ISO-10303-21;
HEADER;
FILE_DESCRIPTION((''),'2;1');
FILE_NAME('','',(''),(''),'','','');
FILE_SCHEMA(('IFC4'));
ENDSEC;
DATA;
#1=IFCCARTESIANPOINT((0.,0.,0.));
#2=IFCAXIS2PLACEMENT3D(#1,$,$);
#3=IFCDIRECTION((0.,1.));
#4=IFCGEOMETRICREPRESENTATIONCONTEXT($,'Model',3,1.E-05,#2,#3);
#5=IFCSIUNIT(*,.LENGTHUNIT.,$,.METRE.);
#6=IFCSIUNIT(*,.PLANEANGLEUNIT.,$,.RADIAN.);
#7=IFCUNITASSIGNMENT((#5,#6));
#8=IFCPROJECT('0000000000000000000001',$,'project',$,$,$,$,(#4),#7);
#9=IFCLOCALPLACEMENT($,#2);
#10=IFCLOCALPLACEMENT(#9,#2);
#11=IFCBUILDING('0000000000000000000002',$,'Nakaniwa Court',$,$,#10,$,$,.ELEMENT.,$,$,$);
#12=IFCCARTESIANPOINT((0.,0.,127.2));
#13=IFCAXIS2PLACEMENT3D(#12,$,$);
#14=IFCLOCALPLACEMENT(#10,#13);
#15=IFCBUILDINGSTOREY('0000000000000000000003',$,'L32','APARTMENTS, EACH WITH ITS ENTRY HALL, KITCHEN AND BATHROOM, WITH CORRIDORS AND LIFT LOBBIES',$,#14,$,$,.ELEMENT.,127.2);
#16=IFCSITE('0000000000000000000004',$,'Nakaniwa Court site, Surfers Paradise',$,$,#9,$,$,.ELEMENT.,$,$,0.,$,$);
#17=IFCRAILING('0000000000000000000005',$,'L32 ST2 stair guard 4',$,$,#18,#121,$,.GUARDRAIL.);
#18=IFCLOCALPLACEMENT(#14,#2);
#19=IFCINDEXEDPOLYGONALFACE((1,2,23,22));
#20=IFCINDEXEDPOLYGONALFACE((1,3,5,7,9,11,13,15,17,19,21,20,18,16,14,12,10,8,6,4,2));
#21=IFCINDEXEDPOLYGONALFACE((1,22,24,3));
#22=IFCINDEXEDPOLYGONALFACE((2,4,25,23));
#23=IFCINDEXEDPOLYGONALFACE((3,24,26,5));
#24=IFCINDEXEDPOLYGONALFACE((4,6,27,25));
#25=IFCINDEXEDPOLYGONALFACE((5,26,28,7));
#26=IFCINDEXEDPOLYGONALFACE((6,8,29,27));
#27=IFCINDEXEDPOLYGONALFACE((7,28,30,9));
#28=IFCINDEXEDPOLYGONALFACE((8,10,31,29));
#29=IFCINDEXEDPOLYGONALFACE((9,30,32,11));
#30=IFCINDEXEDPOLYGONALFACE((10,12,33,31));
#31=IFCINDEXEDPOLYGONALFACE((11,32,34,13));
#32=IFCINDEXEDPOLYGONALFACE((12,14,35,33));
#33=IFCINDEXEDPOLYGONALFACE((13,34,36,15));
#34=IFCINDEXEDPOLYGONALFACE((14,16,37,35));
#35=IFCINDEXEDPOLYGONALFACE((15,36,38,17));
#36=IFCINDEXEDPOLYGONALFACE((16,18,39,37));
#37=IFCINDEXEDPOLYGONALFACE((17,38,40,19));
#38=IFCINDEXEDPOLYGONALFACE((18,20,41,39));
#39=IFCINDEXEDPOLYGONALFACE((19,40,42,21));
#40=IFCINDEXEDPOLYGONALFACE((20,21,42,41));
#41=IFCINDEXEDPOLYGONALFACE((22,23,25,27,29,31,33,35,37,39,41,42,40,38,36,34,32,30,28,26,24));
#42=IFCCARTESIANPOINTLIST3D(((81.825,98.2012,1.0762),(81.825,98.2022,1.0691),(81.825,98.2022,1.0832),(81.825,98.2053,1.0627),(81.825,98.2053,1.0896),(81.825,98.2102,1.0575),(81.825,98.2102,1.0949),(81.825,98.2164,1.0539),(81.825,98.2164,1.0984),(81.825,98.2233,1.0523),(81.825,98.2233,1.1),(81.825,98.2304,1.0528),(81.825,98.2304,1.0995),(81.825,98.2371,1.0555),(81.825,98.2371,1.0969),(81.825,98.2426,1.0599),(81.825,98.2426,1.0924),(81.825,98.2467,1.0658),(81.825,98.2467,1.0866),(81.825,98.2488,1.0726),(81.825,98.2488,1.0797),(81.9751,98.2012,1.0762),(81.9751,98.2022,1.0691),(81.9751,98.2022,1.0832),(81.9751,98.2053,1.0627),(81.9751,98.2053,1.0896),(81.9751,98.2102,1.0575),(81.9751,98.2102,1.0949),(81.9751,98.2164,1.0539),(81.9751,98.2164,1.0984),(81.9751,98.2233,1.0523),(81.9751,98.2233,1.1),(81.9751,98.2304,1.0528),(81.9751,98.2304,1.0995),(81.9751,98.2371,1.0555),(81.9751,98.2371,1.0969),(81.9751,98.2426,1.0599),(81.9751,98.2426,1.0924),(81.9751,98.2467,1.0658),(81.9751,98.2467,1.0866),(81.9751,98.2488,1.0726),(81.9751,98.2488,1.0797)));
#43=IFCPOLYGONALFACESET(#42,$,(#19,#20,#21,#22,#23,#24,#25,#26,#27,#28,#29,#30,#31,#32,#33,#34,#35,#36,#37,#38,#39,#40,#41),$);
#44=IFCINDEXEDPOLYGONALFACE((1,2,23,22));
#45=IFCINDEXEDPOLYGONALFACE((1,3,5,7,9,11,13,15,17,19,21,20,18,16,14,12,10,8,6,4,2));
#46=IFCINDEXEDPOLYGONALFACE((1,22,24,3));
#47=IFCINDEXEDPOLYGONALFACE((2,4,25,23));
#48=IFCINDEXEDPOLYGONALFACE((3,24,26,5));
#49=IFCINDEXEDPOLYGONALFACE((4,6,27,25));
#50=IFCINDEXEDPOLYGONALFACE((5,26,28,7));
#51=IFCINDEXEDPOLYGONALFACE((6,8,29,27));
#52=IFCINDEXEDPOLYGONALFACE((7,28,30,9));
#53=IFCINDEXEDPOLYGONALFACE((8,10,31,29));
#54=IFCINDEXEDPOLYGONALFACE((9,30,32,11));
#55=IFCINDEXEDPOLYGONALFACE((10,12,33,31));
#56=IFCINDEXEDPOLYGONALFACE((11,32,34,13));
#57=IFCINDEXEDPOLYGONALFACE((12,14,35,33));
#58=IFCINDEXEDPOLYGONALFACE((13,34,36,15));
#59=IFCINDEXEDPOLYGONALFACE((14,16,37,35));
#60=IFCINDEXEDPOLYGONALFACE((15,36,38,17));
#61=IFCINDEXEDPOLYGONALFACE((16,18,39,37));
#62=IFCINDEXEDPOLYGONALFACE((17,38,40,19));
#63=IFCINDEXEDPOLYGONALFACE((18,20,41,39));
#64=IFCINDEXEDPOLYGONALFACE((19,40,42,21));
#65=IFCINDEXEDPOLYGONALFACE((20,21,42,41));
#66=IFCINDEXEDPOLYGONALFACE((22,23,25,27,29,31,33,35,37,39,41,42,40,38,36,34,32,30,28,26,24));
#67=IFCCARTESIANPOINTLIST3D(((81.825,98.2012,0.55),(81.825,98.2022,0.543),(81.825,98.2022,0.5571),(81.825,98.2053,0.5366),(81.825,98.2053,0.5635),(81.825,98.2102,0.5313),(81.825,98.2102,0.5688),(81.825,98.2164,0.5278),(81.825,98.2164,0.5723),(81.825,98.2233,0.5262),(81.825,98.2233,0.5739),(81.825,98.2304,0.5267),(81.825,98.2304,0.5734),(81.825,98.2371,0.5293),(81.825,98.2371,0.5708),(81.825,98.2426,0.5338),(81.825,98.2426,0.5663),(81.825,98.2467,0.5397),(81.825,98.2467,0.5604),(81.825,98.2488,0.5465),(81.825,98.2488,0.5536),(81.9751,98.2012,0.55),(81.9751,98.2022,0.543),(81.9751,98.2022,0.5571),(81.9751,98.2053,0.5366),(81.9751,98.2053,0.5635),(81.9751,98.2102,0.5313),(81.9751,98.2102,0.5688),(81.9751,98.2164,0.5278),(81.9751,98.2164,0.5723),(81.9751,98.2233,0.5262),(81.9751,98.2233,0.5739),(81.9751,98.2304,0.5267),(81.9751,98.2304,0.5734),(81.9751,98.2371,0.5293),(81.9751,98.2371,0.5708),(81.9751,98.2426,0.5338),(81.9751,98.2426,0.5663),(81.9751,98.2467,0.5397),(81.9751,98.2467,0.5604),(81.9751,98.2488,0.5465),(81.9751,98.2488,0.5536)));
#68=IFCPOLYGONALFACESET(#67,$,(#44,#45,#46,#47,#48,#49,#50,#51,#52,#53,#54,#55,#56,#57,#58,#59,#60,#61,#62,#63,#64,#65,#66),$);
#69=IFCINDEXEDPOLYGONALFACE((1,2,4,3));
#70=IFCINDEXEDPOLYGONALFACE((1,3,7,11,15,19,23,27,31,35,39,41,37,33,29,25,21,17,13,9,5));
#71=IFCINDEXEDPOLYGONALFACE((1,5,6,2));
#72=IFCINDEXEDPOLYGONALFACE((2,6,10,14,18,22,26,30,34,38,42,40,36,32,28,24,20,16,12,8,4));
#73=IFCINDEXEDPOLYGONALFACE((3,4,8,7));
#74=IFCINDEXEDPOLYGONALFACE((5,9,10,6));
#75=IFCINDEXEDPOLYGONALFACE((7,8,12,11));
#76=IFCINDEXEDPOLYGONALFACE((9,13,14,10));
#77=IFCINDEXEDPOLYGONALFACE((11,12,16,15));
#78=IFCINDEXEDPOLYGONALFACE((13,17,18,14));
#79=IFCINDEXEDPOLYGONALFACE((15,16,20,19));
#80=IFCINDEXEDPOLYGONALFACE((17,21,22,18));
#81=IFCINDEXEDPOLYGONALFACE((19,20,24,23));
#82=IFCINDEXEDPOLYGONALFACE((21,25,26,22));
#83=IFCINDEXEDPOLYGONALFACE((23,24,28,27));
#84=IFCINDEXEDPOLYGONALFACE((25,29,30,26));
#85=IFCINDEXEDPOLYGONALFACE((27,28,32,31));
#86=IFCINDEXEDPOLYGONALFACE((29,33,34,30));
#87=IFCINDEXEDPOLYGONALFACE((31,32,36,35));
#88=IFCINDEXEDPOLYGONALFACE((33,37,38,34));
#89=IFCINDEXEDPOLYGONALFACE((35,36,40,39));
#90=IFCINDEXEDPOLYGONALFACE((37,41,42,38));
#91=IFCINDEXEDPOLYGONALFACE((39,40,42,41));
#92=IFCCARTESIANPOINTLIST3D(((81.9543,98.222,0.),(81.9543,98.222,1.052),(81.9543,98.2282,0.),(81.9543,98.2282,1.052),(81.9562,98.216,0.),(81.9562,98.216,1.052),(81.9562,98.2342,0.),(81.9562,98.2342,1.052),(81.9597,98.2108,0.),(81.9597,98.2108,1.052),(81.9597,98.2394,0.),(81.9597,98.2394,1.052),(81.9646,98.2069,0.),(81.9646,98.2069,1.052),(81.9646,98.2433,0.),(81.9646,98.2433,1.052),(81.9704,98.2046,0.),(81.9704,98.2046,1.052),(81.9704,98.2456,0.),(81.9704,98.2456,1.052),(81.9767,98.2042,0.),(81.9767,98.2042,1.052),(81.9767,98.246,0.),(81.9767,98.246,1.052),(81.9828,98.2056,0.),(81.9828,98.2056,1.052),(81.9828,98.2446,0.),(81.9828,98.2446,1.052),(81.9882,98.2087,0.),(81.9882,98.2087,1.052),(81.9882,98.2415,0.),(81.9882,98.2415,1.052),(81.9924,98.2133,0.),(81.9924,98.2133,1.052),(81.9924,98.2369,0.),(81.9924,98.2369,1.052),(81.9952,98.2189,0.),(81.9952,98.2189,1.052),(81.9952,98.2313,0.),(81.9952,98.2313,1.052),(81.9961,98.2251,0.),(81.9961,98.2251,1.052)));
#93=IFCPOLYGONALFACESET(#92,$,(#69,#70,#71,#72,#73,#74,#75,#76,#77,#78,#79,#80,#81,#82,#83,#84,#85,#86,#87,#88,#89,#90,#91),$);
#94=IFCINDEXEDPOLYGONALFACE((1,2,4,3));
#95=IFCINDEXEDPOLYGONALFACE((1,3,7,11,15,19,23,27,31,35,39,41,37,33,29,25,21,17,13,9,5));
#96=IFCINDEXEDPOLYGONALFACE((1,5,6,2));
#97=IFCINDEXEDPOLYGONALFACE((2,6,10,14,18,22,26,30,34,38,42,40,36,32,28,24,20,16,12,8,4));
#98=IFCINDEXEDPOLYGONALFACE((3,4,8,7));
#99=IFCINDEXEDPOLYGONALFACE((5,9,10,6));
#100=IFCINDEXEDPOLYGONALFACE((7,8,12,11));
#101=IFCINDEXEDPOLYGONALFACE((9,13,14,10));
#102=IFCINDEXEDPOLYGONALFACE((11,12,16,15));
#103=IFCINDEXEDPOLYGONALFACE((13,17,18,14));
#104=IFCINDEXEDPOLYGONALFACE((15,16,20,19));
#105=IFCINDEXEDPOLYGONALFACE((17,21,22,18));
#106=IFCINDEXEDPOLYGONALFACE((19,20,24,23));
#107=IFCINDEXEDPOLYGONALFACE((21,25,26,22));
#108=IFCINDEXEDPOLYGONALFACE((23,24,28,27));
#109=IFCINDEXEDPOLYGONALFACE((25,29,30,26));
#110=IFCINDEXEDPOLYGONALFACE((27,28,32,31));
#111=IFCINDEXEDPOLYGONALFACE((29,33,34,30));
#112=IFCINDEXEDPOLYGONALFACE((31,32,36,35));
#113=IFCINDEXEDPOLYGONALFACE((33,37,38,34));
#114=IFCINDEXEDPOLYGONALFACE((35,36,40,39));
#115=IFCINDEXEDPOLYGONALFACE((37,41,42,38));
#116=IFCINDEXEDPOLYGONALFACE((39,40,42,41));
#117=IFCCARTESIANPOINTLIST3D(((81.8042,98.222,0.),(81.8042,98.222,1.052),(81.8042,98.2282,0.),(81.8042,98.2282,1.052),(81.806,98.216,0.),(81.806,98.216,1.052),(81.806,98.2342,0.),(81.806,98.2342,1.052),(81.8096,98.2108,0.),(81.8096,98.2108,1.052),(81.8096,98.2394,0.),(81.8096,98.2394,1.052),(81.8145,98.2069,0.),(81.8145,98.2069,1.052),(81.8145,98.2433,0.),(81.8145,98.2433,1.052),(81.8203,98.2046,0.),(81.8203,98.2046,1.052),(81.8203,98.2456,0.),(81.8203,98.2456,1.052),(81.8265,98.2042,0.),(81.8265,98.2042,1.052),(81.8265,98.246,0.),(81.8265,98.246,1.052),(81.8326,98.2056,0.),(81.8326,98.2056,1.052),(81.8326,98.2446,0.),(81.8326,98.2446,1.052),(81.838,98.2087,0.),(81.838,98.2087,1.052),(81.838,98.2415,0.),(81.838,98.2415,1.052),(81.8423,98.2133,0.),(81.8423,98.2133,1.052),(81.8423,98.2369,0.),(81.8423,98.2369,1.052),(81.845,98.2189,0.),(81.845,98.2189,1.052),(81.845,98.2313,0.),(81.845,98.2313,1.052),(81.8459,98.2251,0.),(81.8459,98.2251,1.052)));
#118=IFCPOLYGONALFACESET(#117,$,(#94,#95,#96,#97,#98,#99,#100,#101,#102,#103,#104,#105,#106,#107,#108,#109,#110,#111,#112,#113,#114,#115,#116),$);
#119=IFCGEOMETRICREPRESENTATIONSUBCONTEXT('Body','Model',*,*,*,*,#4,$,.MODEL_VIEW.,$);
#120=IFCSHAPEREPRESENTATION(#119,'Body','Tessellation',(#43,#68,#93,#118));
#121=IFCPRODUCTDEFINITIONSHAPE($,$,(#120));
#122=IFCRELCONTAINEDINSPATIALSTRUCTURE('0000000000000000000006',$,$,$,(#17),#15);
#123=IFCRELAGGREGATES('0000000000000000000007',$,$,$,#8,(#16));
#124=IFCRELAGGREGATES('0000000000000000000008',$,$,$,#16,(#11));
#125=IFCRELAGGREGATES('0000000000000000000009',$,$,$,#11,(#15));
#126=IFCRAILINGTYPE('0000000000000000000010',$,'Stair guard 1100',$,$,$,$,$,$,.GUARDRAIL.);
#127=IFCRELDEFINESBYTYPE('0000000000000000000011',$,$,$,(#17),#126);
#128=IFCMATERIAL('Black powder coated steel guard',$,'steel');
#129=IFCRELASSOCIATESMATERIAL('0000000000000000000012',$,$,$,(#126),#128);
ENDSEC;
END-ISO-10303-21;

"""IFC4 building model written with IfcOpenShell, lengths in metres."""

from ifc_helpers import new_model, si_unit, direction, frame, origin, origin_2d, place, context, subcontext, project, spatial, circle, extrude, material, type_object, element, save


model = new_model("IFC4")

# Units and contexts
model_context = context("Model", 3, precision=1e-05, world=origin(), true_north=direction((0.0, 1.0)))
body_context = subcontext(model_context, "Body", "Model", "MODEL_VIEW")
ifc_project = project(units=[si_unit("LENGTHUNIT", "METRE"), si_unit("PLANEANGLEUNIT", "RADIAN")], contexts=[model_context])

# Site, building, storey
site_placement = place(None, origin())
site = spatial("IfcSite", under=ifc_project, at=site_placement, Name="Nakaniwa Court site, Surfers Paradise", CompositionType="ELEMENT", RefElevation=0.0)
building_placement = place(site_placement, origin())
building = spatial("IfcBuilding", under=site, at=building_placement, Name="Nakaniwa Court", CompositionType="ELEMENT")
storey_placement = place(building_placement, frame((0.0, 0.0, 127.2)))
storey = spatial("IfcBuildingStorey", under=building, at=storey_placement, Name="L32", Description="APARTMENTS, EACH WITH ITS ENTRY HALL, KITCHEN AND BATHROOM, WITH CORRIDORS AND LIFT LOBBIES", CompositionType="ELEMENT", Elevation=127.2)

# Railing
ifc_material_1 = material(Name="Black powder coated steel guard", Category="steel")
railing_type_1 = type_object("IfcRailingType", Name="Stair guard 1100", PredefinedType="GUARDRAIL", material=ifc_material_1)
railing_1_placement = place(storey_placement, frame((81.9751, 98.2251, 0.0)))
element("IfcRailing", 1, at=railing_1_placement, inside=storey, type_object=railing_type_1, Name="L32 ST2 stair guard 4", PredefinedType="GUARDRAIL", context=body_context, shape_type="SweptSolid", body=[
    extrude(circle(Radius=0.0239, at=origin_2d()), frame((0.0, 0.0, 1.0762), z_axis=(-1.0, 0.0, 0.0), x_axis=(0.0, -1.0, 0.0)), (0.0, 0.0, 1.0), 0.1501),
    extrude(circle(Radius=0.0239, at=origin_2d()), frame((0.0, 0.0, 0.55), z_axis=(-1.0, 0.0, 0.0), x_axis=(0.0, -1.0, 0.0)), (0.0, 0.0, 1.0), 0.1501),
    extrude(circle(Radius=0.021, at=origin_2d()), origin(), (0.0, 0.0, 1.0), 1.052),
    extrude(circle(Radius=0.021, at=origin_2d()), frame((-0.1501, 0.0, 0.0)), (0.0, 0.0, 1.0), 1.052),
])

save(model, "model.ifc")
